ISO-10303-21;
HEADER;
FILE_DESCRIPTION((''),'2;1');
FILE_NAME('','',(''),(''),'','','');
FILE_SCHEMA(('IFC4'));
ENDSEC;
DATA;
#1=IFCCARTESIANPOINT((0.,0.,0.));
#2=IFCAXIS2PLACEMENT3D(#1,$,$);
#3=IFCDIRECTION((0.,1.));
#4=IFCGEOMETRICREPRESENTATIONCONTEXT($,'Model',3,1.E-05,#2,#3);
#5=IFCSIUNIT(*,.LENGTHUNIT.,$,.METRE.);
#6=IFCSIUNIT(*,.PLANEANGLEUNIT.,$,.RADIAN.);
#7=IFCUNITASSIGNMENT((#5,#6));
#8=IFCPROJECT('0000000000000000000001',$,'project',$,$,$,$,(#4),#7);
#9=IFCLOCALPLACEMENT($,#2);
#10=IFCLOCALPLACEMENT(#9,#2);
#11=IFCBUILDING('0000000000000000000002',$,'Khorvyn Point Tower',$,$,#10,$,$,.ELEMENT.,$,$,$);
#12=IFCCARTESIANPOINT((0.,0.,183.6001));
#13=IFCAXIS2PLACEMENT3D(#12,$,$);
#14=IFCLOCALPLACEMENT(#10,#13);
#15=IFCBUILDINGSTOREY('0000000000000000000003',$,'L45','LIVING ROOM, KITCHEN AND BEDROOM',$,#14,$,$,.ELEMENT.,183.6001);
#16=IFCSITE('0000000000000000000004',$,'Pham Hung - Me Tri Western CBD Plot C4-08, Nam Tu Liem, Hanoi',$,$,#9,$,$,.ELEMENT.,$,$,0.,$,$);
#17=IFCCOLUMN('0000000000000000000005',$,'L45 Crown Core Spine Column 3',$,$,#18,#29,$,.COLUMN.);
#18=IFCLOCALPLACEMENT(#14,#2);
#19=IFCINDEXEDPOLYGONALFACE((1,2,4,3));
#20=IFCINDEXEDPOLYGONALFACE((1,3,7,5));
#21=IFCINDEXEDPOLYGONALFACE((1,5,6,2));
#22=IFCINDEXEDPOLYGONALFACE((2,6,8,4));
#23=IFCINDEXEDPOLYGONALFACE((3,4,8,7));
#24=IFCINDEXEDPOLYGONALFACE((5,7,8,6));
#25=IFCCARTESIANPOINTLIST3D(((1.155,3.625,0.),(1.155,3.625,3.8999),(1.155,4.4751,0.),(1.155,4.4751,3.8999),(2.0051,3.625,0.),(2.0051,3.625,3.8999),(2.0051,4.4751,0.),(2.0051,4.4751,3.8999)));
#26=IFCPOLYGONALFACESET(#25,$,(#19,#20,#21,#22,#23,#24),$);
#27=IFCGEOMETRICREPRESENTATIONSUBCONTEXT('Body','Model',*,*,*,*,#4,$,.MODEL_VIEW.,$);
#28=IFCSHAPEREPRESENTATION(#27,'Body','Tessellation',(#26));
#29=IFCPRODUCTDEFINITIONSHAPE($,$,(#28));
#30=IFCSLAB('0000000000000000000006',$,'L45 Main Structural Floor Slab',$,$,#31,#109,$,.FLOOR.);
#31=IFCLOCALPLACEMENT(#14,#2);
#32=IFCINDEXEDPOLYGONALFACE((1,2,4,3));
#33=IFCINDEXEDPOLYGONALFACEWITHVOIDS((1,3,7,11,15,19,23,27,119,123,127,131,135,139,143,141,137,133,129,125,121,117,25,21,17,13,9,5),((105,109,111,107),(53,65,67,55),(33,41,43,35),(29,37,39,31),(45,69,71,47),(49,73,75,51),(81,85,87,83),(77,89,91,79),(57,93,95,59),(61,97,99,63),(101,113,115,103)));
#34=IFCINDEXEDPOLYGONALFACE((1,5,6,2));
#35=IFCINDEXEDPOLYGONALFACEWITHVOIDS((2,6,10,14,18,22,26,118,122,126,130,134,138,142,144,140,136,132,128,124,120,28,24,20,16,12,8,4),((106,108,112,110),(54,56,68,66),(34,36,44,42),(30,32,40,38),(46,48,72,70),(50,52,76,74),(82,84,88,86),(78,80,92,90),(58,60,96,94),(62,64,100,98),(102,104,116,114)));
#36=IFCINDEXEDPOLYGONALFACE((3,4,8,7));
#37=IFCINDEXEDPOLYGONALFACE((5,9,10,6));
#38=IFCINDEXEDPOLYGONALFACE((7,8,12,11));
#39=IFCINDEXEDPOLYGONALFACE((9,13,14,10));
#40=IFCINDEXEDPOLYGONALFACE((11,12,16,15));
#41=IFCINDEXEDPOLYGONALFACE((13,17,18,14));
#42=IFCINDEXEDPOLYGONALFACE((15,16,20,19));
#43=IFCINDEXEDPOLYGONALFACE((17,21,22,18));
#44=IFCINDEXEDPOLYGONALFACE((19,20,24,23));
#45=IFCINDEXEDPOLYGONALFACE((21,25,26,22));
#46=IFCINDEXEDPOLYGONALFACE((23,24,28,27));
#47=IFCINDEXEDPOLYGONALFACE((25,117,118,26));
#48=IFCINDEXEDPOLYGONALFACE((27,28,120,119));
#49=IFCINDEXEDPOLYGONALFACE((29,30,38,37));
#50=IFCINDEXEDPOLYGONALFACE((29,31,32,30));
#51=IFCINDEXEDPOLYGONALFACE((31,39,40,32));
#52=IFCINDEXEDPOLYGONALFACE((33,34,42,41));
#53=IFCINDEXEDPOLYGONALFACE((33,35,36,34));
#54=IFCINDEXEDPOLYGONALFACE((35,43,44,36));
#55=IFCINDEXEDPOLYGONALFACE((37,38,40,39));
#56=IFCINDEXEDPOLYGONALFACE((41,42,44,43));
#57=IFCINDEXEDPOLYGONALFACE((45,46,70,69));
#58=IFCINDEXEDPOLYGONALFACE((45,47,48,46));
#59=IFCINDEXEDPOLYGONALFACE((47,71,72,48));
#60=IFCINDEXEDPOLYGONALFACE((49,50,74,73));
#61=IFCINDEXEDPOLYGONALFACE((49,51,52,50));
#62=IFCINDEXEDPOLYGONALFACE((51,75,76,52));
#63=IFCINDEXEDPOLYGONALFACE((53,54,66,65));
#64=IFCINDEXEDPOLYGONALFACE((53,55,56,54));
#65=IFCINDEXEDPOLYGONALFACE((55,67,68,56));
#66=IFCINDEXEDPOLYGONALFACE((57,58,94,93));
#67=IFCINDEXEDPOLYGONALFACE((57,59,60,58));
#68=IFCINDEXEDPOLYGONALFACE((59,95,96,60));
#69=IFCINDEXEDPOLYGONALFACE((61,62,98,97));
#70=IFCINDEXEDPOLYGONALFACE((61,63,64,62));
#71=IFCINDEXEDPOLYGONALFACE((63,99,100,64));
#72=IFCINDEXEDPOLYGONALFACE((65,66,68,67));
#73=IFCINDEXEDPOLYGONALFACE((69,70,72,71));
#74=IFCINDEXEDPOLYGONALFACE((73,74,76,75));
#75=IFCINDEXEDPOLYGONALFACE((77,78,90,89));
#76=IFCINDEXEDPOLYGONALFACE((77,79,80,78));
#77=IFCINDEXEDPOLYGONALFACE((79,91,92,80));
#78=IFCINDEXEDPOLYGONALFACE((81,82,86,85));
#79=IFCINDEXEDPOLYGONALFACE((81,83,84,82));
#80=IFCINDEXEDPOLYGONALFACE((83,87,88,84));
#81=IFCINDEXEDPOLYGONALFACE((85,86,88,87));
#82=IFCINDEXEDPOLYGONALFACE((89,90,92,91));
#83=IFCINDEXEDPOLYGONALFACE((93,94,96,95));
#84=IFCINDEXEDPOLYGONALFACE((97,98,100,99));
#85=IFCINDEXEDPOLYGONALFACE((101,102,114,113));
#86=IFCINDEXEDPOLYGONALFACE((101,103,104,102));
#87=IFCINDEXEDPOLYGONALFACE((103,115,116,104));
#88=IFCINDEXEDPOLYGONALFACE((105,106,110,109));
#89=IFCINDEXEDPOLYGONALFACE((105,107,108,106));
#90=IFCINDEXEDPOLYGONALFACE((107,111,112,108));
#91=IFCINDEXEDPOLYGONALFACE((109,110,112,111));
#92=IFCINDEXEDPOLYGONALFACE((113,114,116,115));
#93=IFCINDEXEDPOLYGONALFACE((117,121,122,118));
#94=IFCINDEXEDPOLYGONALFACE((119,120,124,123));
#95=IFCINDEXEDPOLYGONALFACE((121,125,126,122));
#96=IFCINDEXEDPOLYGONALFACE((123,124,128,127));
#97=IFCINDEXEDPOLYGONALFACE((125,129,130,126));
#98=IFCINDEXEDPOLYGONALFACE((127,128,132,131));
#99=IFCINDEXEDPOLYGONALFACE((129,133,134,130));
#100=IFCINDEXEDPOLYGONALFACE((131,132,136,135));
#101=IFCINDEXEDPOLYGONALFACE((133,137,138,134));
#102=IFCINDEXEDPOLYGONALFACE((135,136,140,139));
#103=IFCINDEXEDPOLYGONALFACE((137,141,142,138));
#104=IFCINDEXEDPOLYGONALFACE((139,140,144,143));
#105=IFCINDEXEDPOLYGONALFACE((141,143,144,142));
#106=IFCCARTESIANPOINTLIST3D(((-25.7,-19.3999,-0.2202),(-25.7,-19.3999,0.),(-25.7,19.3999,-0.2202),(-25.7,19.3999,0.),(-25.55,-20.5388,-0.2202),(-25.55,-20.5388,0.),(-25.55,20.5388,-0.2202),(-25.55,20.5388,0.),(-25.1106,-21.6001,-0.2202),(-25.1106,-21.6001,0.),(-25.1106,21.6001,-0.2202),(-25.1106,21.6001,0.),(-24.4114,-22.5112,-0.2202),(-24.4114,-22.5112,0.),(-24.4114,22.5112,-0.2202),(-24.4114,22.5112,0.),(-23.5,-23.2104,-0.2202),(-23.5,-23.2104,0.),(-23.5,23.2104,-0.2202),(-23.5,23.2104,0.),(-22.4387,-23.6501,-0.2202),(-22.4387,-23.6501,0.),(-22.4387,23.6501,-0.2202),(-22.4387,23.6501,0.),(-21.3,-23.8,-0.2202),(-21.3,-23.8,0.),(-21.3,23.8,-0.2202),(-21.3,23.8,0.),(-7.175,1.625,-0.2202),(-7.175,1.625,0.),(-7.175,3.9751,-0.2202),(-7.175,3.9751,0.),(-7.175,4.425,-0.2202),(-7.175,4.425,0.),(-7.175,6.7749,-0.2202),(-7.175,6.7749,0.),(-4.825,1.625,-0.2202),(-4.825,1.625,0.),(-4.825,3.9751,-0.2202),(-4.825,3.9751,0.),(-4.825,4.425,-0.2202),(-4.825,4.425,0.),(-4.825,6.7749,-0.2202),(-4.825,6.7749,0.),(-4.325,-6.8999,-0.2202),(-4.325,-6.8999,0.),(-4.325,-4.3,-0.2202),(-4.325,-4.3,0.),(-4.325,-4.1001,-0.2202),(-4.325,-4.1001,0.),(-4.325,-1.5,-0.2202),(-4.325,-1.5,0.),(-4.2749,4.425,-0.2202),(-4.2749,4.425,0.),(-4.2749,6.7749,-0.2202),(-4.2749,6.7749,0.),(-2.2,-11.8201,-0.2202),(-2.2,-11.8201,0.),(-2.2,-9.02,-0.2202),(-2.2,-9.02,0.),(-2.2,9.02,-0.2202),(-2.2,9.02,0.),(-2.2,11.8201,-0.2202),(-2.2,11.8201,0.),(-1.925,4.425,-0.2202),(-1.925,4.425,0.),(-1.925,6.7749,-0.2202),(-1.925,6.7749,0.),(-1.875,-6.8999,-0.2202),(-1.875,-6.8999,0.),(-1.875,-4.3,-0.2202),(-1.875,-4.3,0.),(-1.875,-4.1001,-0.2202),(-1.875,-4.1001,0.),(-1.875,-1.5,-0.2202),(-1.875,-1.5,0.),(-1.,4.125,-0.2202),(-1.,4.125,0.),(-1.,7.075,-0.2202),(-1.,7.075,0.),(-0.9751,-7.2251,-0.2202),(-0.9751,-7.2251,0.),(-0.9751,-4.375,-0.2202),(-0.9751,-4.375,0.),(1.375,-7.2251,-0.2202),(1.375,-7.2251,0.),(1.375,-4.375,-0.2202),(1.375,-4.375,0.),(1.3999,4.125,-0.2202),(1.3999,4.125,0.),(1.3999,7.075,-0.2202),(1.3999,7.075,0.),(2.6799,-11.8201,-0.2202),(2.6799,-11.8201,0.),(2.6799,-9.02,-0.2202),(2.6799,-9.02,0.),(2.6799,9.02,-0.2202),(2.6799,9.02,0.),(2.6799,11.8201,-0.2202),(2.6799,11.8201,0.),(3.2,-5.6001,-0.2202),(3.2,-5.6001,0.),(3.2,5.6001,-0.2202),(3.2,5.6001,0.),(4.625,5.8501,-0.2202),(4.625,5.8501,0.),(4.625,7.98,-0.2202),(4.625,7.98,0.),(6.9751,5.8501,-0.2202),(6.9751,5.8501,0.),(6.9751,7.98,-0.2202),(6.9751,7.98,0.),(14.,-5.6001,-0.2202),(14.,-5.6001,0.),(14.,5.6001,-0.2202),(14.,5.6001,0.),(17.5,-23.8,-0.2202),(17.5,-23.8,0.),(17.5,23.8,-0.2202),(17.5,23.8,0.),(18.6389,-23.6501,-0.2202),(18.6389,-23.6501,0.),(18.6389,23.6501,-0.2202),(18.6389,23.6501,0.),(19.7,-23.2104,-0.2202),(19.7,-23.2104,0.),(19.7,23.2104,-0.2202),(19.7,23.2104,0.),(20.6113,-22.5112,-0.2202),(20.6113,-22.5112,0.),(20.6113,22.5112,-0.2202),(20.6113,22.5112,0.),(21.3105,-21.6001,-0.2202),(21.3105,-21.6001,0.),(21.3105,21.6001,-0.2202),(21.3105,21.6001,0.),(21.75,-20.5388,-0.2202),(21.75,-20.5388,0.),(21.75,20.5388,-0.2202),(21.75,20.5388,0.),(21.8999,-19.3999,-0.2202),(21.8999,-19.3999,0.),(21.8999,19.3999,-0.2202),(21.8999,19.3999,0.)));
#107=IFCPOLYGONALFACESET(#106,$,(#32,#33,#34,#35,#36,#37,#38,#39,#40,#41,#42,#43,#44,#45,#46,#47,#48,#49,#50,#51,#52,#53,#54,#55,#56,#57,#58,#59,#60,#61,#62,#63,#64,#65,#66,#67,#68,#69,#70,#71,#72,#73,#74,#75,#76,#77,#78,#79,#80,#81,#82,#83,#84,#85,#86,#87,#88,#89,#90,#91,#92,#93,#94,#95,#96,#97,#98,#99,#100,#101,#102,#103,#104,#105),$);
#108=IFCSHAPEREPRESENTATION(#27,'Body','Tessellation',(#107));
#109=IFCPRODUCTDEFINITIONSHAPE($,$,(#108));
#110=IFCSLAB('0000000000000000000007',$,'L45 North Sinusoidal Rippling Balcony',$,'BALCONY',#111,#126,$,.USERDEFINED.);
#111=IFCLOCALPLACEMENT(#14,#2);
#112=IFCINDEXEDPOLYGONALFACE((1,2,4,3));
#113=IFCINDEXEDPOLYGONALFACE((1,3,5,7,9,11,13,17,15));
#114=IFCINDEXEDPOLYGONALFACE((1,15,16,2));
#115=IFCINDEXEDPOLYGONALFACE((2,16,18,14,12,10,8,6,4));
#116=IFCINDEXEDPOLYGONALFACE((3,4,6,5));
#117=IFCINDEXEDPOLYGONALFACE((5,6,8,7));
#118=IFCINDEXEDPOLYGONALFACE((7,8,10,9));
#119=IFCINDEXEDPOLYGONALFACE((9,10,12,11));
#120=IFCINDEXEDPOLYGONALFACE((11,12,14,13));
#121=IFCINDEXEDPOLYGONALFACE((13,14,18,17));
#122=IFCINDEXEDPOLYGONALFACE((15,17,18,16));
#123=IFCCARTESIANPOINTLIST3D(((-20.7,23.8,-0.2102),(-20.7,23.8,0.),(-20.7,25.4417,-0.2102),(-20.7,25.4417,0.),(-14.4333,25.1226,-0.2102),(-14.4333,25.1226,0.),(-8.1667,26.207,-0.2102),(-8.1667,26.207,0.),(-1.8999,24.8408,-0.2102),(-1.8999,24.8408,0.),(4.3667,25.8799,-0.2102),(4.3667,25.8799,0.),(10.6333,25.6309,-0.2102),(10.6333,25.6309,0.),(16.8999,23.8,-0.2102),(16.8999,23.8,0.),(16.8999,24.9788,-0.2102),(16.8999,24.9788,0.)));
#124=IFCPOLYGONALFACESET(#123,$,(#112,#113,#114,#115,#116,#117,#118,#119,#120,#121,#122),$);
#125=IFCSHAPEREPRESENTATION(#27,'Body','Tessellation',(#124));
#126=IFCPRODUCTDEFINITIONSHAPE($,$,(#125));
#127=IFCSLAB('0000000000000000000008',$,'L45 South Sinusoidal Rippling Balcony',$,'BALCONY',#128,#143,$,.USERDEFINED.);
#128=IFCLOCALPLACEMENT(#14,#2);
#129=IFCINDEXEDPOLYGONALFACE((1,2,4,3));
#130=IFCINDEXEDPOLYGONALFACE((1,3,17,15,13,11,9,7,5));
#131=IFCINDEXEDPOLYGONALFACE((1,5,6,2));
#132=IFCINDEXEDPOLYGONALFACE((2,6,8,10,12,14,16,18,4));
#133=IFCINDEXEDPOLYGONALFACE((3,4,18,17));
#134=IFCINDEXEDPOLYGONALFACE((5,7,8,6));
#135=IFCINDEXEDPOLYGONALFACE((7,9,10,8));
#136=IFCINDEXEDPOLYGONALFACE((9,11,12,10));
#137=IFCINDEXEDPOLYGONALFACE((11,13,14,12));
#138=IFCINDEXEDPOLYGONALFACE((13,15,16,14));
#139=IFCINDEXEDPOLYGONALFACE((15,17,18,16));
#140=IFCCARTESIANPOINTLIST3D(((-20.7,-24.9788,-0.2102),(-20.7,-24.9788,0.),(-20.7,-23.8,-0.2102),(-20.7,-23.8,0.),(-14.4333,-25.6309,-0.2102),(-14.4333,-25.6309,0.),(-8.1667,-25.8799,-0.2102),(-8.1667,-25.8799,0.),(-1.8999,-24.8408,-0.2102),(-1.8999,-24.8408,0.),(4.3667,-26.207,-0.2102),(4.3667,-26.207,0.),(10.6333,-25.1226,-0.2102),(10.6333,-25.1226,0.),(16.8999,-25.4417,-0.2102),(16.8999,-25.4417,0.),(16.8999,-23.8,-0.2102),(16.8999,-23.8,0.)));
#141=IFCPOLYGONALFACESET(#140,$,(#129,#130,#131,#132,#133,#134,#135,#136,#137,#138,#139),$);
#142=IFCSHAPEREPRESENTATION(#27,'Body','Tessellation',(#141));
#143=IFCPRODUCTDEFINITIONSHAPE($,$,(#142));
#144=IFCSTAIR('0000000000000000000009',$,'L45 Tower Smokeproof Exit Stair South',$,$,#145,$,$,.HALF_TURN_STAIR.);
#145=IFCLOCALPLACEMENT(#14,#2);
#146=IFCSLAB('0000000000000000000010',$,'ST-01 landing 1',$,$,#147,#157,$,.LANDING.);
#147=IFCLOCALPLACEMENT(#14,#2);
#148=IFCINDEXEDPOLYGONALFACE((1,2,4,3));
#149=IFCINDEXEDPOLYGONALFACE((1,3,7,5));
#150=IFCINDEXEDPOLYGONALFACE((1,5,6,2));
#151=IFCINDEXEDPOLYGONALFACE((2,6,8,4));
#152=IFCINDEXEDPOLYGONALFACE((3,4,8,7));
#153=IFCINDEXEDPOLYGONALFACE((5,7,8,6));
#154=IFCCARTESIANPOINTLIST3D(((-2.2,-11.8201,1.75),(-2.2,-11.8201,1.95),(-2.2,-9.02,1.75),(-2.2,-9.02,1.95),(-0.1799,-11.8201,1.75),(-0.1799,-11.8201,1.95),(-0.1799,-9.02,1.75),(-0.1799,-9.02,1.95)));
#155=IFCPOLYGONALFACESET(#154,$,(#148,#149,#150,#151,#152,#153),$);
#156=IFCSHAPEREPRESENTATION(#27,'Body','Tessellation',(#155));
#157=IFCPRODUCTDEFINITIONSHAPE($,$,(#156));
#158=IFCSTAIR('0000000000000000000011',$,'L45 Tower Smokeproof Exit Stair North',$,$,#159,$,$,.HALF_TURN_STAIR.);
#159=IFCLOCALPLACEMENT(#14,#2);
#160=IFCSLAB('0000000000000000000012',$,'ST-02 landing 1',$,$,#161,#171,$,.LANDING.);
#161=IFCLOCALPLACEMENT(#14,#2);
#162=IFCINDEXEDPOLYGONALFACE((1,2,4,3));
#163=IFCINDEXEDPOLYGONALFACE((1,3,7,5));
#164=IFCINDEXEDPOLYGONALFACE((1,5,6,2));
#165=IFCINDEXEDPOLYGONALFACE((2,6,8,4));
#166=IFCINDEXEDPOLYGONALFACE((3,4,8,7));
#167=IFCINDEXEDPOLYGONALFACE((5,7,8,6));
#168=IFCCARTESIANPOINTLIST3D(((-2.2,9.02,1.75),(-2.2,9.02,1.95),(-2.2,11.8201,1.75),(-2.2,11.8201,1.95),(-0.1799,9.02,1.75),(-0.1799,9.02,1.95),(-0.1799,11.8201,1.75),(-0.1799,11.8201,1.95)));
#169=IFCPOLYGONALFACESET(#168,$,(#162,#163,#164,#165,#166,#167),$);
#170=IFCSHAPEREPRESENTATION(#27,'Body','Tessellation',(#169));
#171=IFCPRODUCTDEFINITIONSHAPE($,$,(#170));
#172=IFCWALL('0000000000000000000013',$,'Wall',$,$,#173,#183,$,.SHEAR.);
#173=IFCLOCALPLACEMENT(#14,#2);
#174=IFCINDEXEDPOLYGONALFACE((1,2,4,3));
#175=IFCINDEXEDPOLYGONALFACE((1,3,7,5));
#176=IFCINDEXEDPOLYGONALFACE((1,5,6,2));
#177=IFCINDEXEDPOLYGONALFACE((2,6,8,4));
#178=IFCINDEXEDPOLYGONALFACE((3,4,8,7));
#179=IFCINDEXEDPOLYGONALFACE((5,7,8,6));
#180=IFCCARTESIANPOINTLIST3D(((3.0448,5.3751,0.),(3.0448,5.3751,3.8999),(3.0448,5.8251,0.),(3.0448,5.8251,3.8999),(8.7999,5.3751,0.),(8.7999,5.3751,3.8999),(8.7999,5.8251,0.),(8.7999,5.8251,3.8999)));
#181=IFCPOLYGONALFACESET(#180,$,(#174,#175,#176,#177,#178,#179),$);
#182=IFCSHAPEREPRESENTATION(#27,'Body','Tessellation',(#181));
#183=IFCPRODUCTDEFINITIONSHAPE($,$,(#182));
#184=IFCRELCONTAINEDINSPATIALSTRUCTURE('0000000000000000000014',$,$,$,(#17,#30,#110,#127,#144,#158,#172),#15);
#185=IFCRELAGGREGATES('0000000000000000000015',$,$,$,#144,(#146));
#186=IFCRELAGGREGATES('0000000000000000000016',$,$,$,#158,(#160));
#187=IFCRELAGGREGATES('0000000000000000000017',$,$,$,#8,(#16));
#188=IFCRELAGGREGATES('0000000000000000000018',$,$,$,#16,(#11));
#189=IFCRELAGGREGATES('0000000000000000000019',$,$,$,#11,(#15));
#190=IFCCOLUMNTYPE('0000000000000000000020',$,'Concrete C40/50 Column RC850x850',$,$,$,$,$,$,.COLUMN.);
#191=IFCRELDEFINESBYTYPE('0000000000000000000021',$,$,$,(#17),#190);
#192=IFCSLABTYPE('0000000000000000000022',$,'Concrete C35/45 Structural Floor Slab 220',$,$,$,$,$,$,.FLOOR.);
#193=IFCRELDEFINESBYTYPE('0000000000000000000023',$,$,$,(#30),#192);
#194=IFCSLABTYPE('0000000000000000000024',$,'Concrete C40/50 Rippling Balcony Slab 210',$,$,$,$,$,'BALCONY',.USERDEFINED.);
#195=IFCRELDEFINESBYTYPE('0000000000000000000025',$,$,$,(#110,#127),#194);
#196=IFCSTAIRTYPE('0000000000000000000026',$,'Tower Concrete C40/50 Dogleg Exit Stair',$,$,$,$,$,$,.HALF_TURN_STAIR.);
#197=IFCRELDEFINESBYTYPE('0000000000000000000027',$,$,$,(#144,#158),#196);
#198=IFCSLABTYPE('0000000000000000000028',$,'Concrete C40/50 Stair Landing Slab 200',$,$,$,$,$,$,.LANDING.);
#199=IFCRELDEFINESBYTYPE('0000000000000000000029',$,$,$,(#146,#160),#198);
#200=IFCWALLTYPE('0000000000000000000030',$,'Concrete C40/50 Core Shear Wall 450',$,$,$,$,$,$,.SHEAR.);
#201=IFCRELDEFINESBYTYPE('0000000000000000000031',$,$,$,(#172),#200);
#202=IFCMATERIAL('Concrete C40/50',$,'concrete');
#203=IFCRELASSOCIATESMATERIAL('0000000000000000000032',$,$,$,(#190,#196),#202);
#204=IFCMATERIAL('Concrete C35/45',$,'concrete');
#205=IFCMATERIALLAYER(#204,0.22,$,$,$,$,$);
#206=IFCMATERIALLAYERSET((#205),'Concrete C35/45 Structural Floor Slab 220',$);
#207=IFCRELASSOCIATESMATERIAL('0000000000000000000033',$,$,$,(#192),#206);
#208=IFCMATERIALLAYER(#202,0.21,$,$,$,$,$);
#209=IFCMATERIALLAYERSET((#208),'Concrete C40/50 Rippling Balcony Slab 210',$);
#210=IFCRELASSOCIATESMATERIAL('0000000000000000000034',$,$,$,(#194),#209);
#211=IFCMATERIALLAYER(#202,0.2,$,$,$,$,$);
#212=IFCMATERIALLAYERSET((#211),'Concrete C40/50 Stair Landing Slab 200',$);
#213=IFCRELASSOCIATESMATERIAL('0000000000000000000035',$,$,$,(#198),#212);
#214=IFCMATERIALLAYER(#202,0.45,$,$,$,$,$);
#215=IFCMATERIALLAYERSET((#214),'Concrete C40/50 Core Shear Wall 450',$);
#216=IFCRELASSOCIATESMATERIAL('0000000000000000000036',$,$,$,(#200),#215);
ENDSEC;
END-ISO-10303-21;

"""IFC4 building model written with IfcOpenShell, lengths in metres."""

from ifc_helpers import new_model, si_unit, direction, frame, frame_2d, origin, origin_2d, place, context, subcontext, project, spatial, polyline, rectangle, outline, extrude, material, layer, layer_set, material_profile, profile_set, type_object, element, aggregate, save


model = new_model("IFC4")

# Units and contexts
model_context = context("Model", 3, precision=1e-05, world=origin(), true_north=direction((0.0, 1.0)))
body_context = subcontext(model_context, "Body", "Model", "MODEL_VIEW")
ifc_project = project(units=[si_unit("LENGTHUNIT", "METRE"), si_unit("PLANEANGLEUNIT", "RADIAN")], contexts=[model_context])

# Site, building, storey
site_placement = place(None, origin())
site = spatial("IfcSite", under=ifc_project, at=site_placement, Name="Pham Hung - Me Tri Western CBD Plot C4-08, Nam Tu Liem, Hanoi", CompositionType="ELEMENT", RefElevation=0.0)
building_placement = place(site_placement, origin())
building = spatial("IfcBuilding", under=site, at=building_placement, Name="Khorvyn Point Tower", CompositionType="ELEMENT")
storey_placement = place(building_placement, frame((0.0, 0.0, 183.6001)))
storey = spatial("IfcBuildingStorey", under=building, at=storey_placement, Name="L45", Description="LIVING ROOM, KITCHEN AND BEDROOM", CompositionType="ELEMENT", Elevation=183.6001)

# Column
ifc_material_1 = material(Name="Concrete C40/50", Category="concrete")
ifc_material_profile = material_profile(ifc_material_1, rectangle(XDim=0.8501, YDim=0.8501, at=origin_2d()))
ifc_profile_set = profile_set([ifc_material_profile], Name="Concrete C40/50 RC850x850")
column_type = type_object("IfcColumnType", Name="Concrete C40/50 Column RC850x850", PredefinedType="COLUMN", material=ifc_profile_set)
column_placement = place(storey_placement, frame((1.5801, 4.05, 0.0), z_axis=(0.0, 0.0, 1.0), x_axis=(1.0, 0.0, 0.0)))
element("IfcColumn", 1, at=column_placement, inside=storey, type_object=column_type, Name="L45 Crown Core Spine Column 3", PredefinedType="COLUMN", context=body_context, shape_type="SweptSolid", body=[
    extrude(rectangle(XDim=0.8501, YDim=0.8501, at=origin_2d()), origin(), (0.0, 0.0, 1.0), 3.8999),
])

# Slabs
ifc_material_2 = material(Name="Concrete C35/45", Category="concrete")
ifc_layer_1 = layer(ifc_material_2, 0.22)
ifc_layer_set_1 = layer_set([ifc_layer_1], Name="Concrete C35/45 Structural Floor Slab 220")
slab_type_1 = type_object("IfcSlabType", Name="Concrete C35/45 Structural Floor Slab 220", PredefinedType="FLOOR", material=ifc_layer_set_1)
slab_1_placement = place(storey_placement, frame((0.0, 0.0, -0.2202)))
element("IfcSlab", 2, at=slab_1_placement, inside=storey, type_object=slab_type_1, Name="L45 Main Structural Floor Slab", PredefinedType="FLOOR", context=body_context, shape_type="SweptSolid", body=[
    extrude(outline(polyline([(-21.3, -23.8), (-22.4387, -23.6501), (-23.5, -23.2104), (-24.4114, -22.5112), (-25.1106, -21.6001), (-25.55, -20.5388), (-25.7, -19.3999), (-25.7, 19.3999), (-25.55, 20.5388), (-25.1106, 21.6001), (-24.4114, 22.5112), (-23.5, 23.2104), (-22.4387, 23.6501), (-21.3, 23.8), (17.5, 23.8), (18.6389, 23.6501), (19.7, 23.2104), (20.6113, 22.5112), (21.3105, 21.6001), (21.75, 20.5388), (21.8999, 19.3999), (21.8999, -19.3999), (21.75, -20.5388), (21.3105, -21.6001), (20.6113, -22.5112), (19.7, -23.2104), (18.6389, -23.6501), (17.5, -23.8), (-21.3, -23.8)]), holes=[polyline([(-1.875, -6.8999), (-1.875, -4.3), (-4.325, -4.3), (-4.325, -6.8999), (-1.875, -6.8999)]), polyline([(-1.875, -4.1001), (-1.875, -1.5), (-4.325, -1.5), (-4.325, -4.1001), (-1.875, -4.1001)]), polyline([(-4.825, 1.625), (-4.825, 3.9751), (-7.175, 3.9751), (-7.175, 1.625), (-4.825, 1.625)]), polyline([(-7.175, 4.425), (-4.825, 4.425), (-4.825, 6.7749), (-7.175, 6.7749), (-7.175, 4.425)]), polyline([(-4.2749, 4.425), (-1.925, 4.425), (-1.925, 6.7749), (-4.2749, 6.7749), (-4.2749, 4.425)]), polyline([(1.3999, 4.125), (1.3999, 7.075), (-1.0, 7.075), (-1.0, 4.125), (1.3999, 4.125)]), polyline([(-2.2, -11.8201), (2.6799, -11.8201), (2.6799, -9.02), (-2.2, -9.02), (-2.2, -11.8201)]), polyline([(-0.9751, -7.2251), (1.375, -7.2251), (1.375, -4.375), (-0.9751, -4.375), (-0.9751, -7.2251)]), polyline([(14.0, -5.6001), (14.0, 5.6001), (3.2, 5.6001), (3.2, -5.6001), (14.0, -5.6001)]), polyline([(4.625, 5.8501), (6.9751, 5.8501), (6.9751, 7.98), (4.625, 7.98), (4.625, 5.8501)]), polyline([(-2.2, 9.02), (2.6799, 9.02), (2.6799, 11.8201), (-2.2, 11.8201), (-2.2, 9.02)])]), origin(), (0.0, 0.0, 1.0), 0.2202),
])
ifc_layer_2 = layer(ifc_material_1, 0.21)
ifc_layer_set_2 = layer_set([ifc_layer_2], Name="Concrete C40/50 Rippling Balcony Slab 210")
slab_type_2 = type_object("IfcSlabType", Name="Concrete C40/50 Rippling Balcony Slab 210", ElementType="BALCONY", PredefinedType="USERDEFINED", material=ifc_layer_set_2)
slab_2_placement = place(storey_placement, frame((0.0, 0.0, -0.2102)))
element("IfcSlab", 3, at=slab_2_placement, inside=storey, type_object=slab_type_2, Name="L45 North Sinusoidal Rippling Balcony", ObjectType="BALCONY", PredefinedType="USERDEFINED", context=body_context, shape_type="SweptSolid", body=[
    extrude(outline(polyline([(16.8999, 23.8), (16.8999, 24.9788), (10.6333, 25.6309), (4.3667, 25.8799), (-1.8999, 24.8408), (-8.1667, 26.207), (-14.4333, 25.1226), (-20.7, 25.4417), (-20.7, 23.8), (16.8999, 23.8)])), origin(), (0.0, 0.0, 1.0), 0.2102),
])
slab_3_placement = place(storey_placement, frame((0.0, 0.0, -0.2102)))
element("IfcSlab", 4, at=slab_3_placement, inside=storey, type_object=slab_type_2, Name="L45 South Sinusoidal Rippling Balcony", ObjectType="BALCONY", PredefinedType="USERDEFINED", context=body_context, shape_type="SweptSolid", body=[
    extrude(outline(polyline([(-20.7, -23.8), (-20.7, -24.9788), (-14.4333, -25.6309), (-8.1667, -25.8799), (-1.8999, -24.8408), (4.3667, -26.207), (10.6333, -25.1226), (16.8999, -25.4417), (16.8999, -23.8), (-20.7, -23.8)])), origin(), (0.0, 0.0, 1.0), 0.2102),
])

# Stairs, slabs
stair_type = type_object("IfcStairType", Name="Tower Concrete C40/50 Dogleg Exit Stair", PredefinedType="HALF_TURN_STAIR", material=ifc_material_1)
stair_1_placement = place(storey_placement, origin())
stair_1 = element("IfcStair", 5, at=stair_1_placement, inside=storey, type_object=stair_type, Name="L45 Tower Smokeproof Exit Stair South", PredefinedType="HALF_TURN_STAIR")
ifc_layer_3 = layer(ifc_material_1, 0.2)
ifc_layer_set_3 = layer_set([ifc_layer_3], Name="Concrete C40/50 Stair Landing Slab 200")
slab_type_3 = type_object("IfcSlabType", Name="Concrete C40/50 Stair Landing Slab 200", PredefinedType="LANDING", material=ifc_layer_set_3)
slab_4_placement = place(storey_placement, frame((0.0, 0.0, 1.75)))
slab_4 = element("IfcSlab", 6, at=slab_4_placement, type_object=slab_type_3, Name="ST-01 landing 1", PredefinedType="LANDING", context=body_context, shape_type="SweptSolid", body=[
    extrude(outline(polyline([(-0.1799, -9.02), (-2.2, -9.02), (-2.2, -11.8201), (-0.1799, -11.8201), (-0.1799, -9.02)])), origin(), (0.0, 0.0, 1.0), 0.2),
])
aggregate(stair_1, [slab_4])
stair_2_placement = place(storey_placement, origin())
stair_2 = element("IfcStair", 7, at=stair_2_placement, inside=storey, type_object=stair_type, Name="L45 Tower Smokeproof Exit Stair North", PredefinedType="HALF_TURN_STAIR")
slab_5_placement = place(storey_placement, frame((0.0, 0.0, 1.75)))
slab_5 = element("IfcSlab", 8, at=slab_5_placement, type_object=slab_type_3, Name="ST-02 landing 1", PredefinedType="LANDING", context=body_context, shape_type="SweptSolid", body=[
    extrude(outline(polyline([(-0.1799, 11.8201), (-2.2, 11.8201), (-2.2, 9.02), (-0.1799, 9.02), (-0.1799, 11.8201)])), origin(), (0.0, 0.0, 1.0), 0.2),
])

# Wall
ifc_layer_4 = layer(ifc_material_1, 0.45)
ifc_layer_set_4 = layer_set([ifc_layer_4], Name="Concrete C40/50 Core Shear Wall 450")
wall_type_1 = type_object("IfcWallType", Name="Concrete C40/50 Core Shear Wall 450", PredefinedType="SHEAR", material=ifc_layer_set_4)
wall_1_placement = place(storey_placement, frame((3.0449, 5.6001, 0.0), z_axis=(0.0, 0.0, 1.0), x_axis=(1.0, 0.0, 0.0)))
element("IfcWall", 9, at=wall_1_placement, inside=storey, type_object=wall_type_1, Name="Wall", PredefinedType="SHEAR", context=body_context, shape_type="SweptSolid", body=[
    extrude(rectangle(XDim=5.7551, YDim=0.45, at=frame_2d((2.8774, 0.0))), origin(), (0.0, 0.0, 1.0), 3.8999),
])

aggregate(stair_2, [slab_5])

save(model, "model.ifc")
